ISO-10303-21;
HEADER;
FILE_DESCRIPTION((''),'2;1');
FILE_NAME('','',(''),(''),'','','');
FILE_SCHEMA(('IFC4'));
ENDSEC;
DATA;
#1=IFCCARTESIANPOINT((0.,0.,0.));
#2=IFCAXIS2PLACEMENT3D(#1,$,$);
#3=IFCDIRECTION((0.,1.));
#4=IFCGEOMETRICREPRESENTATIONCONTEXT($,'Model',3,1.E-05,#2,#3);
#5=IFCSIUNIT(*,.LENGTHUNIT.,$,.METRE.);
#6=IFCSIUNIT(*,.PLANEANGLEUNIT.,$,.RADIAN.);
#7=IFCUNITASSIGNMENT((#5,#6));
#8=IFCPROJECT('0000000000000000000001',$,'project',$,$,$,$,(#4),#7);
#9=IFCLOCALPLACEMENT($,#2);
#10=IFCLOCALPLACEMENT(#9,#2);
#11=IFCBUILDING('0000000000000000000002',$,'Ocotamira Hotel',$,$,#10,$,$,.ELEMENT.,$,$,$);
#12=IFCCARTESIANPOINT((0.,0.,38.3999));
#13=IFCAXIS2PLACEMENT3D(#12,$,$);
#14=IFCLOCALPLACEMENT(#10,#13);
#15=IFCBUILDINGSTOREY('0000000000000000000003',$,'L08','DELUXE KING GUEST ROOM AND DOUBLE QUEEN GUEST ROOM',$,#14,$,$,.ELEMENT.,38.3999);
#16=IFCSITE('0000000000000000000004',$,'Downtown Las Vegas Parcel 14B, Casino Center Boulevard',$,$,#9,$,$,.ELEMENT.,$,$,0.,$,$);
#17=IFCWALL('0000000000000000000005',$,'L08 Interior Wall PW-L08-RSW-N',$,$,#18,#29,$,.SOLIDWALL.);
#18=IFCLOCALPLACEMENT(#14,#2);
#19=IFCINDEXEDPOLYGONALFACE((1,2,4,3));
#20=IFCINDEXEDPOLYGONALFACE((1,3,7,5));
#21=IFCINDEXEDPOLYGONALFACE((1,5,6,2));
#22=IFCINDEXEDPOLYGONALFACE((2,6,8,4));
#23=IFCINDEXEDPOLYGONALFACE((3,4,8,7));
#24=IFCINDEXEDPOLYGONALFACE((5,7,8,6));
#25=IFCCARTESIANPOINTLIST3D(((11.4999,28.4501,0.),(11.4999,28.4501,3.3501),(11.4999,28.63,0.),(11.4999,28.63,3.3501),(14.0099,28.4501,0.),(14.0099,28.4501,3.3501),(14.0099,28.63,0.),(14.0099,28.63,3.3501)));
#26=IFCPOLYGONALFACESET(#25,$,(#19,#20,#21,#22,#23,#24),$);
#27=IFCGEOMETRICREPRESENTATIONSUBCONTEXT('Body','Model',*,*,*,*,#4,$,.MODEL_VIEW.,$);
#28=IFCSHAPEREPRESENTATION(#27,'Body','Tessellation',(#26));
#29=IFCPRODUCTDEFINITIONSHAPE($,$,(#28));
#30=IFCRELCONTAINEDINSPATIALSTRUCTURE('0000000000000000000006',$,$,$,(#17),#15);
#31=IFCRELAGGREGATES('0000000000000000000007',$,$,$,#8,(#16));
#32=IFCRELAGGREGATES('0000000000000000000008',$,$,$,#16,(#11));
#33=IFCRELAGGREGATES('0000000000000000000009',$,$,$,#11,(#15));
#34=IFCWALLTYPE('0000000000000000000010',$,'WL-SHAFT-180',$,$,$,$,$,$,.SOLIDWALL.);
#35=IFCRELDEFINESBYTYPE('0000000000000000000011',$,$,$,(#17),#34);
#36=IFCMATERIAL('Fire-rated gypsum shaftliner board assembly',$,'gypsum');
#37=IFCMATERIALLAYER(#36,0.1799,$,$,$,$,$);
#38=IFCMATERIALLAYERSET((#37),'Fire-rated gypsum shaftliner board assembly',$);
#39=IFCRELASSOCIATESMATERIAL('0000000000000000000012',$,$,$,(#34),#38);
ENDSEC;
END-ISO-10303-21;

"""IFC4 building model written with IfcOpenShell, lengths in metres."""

from ifc_helpers import new_model, si_unit, direction, frame, frame_2d, origin, place, context, subcontext, project, spatial, rectangle, extrude, material, layer, layer_set, type_object, element, save


model = new_model("IFC4")

# Units and contexts
model_context = context("Model", 3, precision=1e-05, world=origin(), true_north=direction((0.0, 1.0)))
body_context = subcontext(model_context, "Body", "Model", "MODEL_VIEW")
ifc_project = project(units=[si_unit("LENGTHUNIT", "METRE"), si_unit("PLANEANGLEUNIT", "RADIAN")], contexts=[model_context])

# Site, building, storey
site_placement = place(None, origin())
site = spatial("IfcSite", under=ifc_project, at=site_placement, Name="Downtown Las Vegas Parcel 14B, Casino Center Boulevard", CompositionType="ELEMENT", RefElevation=0.0)
building_placement = place(site_placement, origin())
building = spatial("IfcBuilding", under=site, at=building_placement, Name="Ocotamira Hotel", CompositionType="ELEMENT")
storey_placement = place(building_placement, frame((0.0, 0.0, 38.3999)))
storey = spatial("IfcBuildingStorey", under=building, at=storey_placement, Name="L08", Description="DELUXE KING GUEST ROOM AND DOUBLE QUEEN GUEST ROOM", CompositionType="ELEMENT", Elevation=38.3999)

# Wall
ifc_material_1 = material(Name="Fire-rated gypsum shaftliner board assembly", Category="gypsum")
ifc_layer_1 = layer(ifc_material_1, 0.1799)
ifc_layer_set_1 = layer_set([ifc_layer_1], Name="Fire-rated gypsum shaftliner board assembly")
wall_type = type_object("IfcWallType", Name="WL-SHAFT-180", PredefinedType="SOLIDWALL", material=ifc_layer_set_1)
for number, where, z_axis, x_axis, name in (
    (1, (11.5, 28.54, 0.0), (0.0, 0.0, 1.0), (1.0, 0.0, 0.0), "L08 Interior Wall PW-L08-RSW-N"),
):
    element("IfcWall", number, at=place(storey_placement, frame(where, z_axis=z_axis, x_axis=x_axis)), inside=storey, type_object=wall_type, Name=name, PredefinedType="SOLIDWALL", context=body_context, shape_type="SweptSolid", body=[
        extrude(rectangle(XDim=2.51, YDim=0.1799, at=frame_2d((1.2549, 0.0))), origin(), (0.0, 0.0, 1.0), 3.3501),
    ])

save(model, "model.ifc")
